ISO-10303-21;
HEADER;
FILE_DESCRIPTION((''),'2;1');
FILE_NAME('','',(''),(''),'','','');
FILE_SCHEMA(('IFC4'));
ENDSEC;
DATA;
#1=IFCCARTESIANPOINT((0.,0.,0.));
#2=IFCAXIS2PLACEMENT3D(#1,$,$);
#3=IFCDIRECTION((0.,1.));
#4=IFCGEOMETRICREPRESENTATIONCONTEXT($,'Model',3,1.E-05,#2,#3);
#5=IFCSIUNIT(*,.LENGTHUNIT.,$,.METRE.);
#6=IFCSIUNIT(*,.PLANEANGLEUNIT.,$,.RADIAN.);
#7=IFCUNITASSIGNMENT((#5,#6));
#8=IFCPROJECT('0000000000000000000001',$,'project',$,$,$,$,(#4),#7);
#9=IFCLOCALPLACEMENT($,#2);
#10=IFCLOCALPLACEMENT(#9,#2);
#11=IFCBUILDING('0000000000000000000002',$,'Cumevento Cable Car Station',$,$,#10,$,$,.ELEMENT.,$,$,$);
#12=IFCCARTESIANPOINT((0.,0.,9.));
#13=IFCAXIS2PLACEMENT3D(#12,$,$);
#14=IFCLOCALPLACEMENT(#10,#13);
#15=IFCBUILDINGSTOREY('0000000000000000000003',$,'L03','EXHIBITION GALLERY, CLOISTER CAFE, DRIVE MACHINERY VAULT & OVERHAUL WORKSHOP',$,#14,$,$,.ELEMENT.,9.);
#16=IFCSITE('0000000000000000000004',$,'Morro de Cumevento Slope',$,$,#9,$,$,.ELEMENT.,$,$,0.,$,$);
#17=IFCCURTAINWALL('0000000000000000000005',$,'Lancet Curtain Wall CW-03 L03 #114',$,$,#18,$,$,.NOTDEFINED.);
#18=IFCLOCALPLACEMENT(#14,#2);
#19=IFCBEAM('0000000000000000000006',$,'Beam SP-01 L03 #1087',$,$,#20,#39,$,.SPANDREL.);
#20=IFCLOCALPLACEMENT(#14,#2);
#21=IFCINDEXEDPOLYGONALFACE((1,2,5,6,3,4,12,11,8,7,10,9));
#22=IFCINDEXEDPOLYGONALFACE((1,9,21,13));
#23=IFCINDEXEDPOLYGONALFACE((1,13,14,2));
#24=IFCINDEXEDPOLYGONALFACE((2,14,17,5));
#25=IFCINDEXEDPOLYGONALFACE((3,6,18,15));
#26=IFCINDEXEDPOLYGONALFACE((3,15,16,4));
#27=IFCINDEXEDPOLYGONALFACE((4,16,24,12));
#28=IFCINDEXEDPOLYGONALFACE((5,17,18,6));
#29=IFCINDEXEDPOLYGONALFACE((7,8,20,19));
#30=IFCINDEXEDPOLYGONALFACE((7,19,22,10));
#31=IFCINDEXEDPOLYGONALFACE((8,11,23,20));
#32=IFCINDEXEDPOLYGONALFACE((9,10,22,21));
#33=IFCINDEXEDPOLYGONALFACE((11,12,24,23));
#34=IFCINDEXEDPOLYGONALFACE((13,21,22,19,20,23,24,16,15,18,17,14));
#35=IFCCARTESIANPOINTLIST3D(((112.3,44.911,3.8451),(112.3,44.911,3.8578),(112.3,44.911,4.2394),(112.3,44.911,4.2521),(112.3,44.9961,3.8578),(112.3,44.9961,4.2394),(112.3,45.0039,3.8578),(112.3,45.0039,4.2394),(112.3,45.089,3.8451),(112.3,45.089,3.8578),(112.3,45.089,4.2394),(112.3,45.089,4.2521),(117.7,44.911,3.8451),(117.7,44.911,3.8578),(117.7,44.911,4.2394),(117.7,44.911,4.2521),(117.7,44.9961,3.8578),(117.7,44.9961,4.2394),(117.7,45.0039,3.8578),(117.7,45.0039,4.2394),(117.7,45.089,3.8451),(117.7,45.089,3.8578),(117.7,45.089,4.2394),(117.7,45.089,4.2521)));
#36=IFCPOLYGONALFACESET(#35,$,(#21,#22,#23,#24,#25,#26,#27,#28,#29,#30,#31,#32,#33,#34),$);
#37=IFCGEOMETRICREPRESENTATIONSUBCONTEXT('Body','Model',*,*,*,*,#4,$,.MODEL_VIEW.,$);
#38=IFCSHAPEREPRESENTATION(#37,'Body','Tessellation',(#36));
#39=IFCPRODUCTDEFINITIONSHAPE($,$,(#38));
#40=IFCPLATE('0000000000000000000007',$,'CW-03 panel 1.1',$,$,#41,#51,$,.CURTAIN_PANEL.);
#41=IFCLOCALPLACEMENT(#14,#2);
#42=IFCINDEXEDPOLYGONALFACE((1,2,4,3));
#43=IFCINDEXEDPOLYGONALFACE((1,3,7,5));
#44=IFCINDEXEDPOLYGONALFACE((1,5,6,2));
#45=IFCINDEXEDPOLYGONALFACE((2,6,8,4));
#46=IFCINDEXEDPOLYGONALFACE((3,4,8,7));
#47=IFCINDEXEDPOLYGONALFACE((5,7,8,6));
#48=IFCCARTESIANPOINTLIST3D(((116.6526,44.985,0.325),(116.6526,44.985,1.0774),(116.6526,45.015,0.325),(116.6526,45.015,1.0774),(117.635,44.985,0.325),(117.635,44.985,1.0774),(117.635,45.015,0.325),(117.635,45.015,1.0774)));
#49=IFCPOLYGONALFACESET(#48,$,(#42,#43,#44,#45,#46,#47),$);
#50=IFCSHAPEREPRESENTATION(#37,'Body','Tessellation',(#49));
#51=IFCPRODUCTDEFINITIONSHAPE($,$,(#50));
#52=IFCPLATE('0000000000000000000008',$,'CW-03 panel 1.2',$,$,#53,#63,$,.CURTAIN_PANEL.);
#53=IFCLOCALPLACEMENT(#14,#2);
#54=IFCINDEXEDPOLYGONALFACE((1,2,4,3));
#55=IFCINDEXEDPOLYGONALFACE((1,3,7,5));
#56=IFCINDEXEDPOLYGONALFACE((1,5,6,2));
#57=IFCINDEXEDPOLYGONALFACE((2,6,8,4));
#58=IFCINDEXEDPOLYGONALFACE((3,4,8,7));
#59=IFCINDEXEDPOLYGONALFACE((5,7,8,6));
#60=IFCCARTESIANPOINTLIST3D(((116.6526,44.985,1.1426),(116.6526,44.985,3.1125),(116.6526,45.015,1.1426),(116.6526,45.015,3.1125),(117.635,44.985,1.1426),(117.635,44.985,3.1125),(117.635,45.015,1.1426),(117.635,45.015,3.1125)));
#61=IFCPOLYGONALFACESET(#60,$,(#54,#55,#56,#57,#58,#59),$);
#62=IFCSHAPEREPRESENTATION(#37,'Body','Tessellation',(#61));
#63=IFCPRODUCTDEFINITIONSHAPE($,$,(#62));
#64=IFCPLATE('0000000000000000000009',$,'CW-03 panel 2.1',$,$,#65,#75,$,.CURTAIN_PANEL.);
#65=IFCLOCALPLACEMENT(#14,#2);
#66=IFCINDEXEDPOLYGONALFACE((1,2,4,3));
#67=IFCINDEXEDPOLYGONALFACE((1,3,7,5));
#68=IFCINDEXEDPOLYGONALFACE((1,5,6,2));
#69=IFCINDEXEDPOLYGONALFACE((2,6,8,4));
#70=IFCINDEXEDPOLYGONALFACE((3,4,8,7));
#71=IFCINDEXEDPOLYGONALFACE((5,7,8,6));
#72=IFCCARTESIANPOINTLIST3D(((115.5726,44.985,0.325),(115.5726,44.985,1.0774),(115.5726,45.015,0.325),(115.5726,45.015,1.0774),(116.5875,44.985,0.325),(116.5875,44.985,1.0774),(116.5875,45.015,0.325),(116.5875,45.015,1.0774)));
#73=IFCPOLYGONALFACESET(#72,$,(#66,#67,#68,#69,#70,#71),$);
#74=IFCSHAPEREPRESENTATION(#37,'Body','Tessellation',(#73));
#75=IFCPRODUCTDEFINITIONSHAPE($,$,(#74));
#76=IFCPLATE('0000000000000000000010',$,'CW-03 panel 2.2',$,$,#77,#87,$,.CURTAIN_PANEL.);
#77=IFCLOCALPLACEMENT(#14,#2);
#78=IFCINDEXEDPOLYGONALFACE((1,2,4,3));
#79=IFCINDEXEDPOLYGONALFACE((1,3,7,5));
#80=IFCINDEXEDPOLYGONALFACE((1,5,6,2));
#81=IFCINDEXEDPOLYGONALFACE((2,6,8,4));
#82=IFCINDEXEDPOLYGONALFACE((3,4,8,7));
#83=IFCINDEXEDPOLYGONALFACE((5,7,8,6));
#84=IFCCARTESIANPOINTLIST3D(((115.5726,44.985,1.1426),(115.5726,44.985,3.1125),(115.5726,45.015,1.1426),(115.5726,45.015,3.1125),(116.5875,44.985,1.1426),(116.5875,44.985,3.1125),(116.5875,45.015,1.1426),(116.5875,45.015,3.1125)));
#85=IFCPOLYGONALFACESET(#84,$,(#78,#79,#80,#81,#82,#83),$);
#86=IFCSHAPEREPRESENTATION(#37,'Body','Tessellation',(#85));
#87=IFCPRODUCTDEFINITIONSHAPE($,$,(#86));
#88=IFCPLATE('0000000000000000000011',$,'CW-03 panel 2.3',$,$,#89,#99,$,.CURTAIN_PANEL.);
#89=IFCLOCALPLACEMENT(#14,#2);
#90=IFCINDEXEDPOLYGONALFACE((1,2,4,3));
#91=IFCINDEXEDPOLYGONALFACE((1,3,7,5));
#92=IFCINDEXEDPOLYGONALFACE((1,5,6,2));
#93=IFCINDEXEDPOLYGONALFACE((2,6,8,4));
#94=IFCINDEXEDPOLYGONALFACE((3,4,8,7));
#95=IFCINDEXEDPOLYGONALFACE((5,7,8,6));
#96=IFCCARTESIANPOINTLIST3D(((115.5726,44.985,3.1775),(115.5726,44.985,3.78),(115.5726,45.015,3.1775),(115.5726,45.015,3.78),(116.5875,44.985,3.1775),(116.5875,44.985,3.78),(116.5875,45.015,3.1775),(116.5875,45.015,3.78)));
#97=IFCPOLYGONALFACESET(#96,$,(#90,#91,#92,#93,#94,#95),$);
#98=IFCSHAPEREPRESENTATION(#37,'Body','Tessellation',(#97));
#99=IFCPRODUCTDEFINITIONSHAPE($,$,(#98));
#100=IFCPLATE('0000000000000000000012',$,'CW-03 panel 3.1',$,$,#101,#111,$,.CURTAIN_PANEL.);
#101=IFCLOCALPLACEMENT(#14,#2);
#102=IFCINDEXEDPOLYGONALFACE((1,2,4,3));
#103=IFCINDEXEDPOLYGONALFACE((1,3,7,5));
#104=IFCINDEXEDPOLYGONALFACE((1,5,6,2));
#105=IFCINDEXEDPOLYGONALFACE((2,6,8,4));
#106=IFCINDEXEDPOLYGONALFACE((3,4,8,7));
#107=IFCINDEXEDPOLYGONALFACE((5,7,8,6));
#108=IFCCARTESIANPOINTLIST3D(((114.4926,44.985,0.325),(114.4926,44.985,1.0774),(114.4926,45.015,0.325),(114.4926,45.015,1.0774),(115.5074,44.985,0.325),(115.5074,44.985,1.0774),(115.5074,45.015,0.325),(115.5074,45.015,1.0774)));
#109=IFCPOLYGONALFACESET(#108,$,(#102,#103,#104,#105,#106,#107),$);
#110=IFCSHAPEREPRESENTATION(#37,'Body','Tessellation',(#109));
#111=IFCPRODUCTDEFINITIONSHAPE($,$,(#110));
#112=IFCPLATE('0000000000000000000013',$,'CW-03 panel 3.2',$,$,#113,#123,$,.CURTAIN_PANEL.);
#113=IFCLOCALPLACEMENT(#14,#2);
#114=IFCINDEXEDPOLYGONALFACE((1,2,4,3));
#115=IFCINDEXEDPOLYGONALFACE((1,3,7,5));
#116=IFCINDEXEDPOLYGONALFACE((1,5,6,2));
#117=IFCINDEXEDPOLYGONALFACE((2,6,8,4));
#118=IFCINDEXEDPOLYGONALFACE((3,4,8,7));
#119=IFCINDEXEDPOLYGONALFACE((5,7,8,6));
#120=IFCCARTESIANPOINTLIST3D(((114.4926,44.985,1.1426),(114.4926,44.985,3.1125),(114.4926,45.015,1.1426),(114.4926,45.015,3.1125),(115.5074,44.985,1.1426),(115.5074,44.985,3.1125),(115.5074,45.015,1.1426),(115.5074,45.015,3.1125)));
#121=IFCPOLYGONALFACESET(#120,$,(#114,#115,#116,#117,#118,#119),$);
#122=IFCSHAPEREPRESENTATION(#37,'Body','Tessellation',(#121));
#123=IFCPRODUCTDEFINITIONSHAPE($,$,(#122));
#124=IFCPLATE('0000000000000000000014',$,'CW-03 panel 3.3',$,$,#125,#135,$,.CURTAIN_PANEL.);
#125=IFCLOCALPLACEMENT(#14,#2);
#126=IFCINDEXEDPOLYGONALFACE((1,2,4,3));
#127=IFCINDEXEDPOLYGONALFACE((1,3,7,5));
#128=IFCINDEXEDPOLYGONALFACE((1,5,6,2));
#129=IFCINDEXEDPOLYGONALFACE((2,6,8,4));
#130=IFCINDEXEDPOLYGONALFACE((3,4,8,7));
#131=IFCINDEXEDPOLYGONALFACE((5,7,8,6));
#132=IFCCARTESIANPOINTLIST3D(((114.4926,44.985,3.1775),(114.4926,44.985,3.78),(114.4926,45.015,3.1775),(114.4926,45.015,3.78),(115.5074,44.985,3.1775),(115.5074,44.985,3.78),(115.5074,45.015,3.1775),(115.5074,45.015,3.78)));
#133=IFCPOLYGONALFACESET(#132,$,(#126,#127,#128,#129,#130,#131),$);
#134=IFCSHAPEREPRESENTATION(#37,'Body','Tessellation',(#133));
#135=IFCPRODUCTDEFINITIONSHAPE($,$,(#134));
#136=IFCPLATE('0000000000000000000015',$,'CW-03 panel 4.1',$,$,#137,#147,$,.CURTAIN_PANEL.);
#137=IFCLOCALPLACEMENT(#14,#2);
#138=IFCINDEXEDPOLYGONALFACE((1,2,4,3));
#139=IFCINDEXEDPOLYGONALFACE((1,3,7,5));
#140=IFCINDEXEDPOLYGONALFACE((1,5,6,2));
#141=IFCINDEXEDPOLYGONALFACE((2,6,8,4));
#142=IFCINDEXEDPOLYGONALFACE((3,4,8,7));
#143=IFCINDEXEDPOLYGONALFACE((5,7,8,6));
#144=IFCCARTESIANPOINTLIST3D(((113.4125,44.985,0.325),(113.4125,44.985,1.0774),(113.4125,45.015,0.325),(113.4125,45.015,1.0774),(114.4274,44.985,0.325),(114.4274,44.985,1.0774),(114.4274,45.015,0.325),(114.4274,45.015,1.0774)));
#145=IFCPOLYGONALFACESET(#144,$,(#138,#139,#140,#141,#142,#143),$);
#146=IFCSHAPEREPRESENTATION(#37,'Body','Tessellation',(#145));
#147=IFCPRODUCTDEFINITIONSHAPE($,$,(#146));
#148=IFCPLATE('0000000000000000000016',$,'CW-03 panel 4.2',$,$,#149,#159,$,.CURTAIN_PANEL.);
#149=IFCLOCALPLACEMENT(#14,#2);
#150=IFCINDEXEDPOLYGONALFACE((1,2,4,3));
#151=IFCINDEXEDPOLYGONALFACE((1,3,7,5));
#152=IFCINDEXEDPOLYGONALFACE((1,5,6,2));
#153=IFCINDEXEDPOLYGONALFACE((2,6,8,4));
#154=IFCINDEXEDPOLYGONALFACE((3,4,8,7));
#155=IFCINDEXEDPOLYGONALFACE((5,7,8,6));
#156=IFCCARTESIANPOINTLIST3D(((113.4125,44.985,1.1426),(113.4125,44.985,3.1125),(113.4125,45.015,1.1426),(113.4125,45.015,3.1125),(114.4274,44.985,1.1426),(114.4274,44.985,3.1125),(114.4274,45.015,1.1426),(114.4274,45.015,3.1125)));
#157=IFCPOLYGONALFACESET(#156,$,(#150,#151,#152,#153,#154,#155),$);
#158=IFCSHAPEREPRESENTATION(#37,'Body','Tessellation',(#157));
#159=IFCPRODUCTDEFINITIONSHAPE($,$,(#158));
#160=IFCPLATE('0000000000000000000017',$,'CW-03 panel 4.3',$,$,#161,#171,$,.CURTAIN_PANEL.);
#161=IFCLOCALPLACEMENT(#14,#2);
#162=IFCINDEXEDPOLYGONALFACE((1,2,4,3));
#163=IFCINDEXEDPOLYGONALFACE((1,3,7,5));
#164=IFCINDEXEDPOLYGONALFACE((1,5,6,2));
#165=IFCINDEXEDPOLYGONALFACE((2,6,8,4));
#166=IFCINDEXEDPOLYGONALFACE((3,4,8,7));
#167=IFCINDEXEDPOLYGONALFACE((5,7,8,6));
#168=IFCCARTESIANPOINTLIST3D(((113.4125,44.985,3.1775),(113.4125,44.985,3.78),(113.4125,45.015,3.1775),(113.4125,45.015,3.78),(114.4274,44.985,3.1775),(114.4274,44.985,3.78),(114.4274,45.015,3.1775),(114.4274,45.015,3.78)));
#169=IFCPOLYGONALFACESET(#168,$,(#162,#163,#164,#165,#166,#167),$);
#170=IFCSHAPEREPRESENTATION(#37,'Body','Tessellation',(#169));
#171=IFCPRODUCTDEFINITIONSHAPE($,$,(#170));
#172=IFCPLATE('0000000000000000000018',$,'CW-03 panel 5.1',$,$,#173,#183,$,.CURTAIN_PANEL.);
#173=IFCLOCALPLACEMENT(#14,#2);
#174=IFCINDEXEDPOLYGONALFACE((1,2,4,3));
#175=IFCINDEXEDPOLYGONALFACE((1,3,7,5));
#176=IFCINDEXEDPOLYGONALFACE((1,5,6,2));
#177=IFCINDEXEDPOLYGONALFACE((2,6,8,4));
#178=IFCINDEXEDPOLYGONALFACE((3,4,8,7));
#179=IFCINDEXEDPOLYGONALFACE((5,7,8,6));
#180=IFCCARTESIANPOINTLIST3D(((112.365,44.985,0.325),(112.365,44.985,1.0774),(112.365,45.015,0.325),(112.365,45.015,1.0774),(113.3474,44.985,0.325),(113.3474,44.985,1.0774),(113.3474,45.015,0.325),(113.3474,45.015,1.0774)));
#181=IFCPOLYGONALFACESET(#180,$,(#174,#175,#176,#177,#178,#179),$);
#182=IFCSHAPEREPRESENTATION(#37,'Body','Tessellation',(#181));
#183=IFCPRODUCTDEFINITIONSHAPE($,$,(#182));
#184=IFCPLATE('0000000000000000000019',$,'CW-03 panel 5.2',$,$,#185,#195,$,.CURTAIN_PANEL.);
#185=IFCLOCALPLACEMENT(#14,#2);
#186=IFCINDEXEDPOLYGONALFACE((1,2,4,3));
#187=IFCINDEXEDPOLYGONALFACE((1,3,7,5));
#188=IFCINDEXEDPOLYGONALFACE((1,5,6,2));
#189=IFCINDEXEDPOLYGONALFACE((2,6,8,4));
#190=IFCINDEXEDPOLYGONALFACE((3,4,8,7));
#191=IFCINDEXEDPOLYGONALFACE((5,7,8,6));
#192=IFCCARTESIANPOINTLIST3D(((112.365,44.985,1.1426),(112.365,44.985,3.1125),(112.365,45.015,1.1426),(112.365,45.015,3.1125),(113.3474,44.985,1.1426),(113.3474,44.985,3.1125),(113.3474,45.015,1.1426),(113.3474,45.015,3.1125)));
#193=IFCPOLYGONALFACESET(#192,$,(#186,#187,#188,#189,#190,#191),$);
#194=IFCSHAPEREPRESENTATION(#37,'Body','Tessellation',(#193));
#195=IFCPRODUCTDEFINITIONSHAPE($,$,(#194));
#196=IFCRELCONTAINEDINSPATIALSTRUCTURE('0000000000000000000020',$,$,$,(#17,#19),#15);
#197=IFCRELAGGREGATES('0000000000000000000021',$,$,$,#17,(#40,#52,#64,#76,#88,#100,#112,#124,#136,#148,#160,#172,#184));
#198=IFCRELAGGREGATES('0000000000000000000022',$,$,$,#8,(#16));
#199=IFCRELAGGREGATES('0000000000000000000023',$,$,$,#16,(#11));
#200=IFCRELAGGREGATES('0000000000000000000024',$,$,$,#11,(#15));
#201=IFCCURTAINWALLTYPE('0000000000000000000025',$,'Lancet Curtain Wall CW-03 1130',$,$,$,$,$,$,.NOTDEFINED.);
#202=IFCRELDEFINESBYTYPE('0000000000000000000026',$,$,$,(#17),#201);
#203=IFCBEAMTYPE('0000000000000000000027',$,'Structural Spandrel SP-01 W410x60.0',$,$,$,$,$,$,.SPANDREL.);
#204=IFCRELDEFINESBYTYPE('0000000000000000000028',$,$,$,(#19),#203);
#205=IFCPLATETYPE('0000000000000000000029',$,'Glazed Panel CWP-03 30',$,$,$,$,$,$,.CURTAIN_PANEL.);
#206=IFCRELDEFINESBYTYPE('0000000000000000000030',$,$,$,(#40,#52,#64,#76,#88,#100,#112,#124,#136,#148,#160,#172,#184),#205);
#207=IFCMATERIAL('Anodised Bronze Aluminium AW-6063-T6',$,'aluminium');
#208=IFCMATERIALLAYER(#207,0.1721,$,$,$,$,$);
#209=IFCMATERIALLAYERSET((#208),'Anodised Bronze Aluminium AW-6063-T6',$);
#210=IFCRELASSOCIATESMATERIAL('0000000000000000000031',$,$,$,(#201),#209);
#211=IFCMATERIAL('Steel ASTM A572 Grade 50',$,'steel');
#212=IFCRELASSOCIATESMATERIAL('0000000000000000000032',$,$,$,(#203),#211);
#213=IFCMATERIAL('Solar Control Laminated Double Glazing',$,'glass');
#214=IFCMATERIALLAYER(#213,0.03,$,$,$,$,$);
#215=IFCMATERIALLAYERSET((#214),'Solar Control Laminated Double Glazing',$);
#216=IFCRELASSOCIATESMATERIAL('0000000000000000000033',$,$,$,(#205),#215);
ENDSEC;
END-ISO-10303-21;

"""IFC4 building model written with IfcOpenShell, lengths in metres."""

from ifc_helpers import new_model, si_unit, direction, frame, origin, origin_2d, place, context, subcontext, project, spatial, rectangle, i_section, extrude, material, layer, layer_set, material_profile, profile_set, type_object, element, aggregate, save


model = new_model("IFC4")

# Units and contexts
model_context = context("Model", 3, precision=1e-05, world=origin(), true_north=direction((0.0, 1.0)))
body_context = subcontext(model_context, "Body", "Model", "MODEL_VIEW")
ifc_project = project(units=[si_unit("LENGTHUNIT", "METRE"), si_unit("PLANEANGLEUNIT", "RADIAN")], contexts=[model_context])

# Site, building, storey
site_placement = place(None, origin())
site = spatial("IfcSite", under=ifc_project, at=site_placement, Name="Morro de Cumevento Slope", CompositionType="ELEMENT", RefElevation=0.0)
building_placement = place(site_placement, origin())
building = spatial("IfcBuilding", under=site, at=building_placement, Name="Cumevento Cable Car Station", CompositionType="ELEMENT")
storey_placement = place(building_placement, frame((0.0, 0.0, 9.0)))
storey = spatial("IfcBuildingStorey", under=building, at=storey_placement, Name="L03", Description="EXHIBITION GALLERY, CLOISTER CAFE, DRIVE MACHINERY VAULT & OVERHAUL WORKSHOP", CompositionType="ELEMENT", Elevation=9.0)

# Curtain wall
ifc_material_1 = material(Name="Anodised Bronze Aluminium AW-6063-T6", Category="aluminium")
ifc_layer_1 = layer(ifc_material_1, 0.1721)
ifc_layer_set_1 = layer_set([ifc_layer_1], Name="Anodised Bronze Aluminium AW-6063-T6")
curtain_wall_type = type_object("IfcCurtainWallType", Name="Lancet Curtain Wall CW-03 1130", PredefinedType="NOTDEFINED", material=ifc_layer_set_1)
curtain_wall_placement = place(storey_placement, origin())
curtain_wall = element("IfcCurtainWall", 1, at=curtain_wall_placement, inside=storey, type_object=curtain_wall_type, Name="Lancet Curtain Wall CW-03 L03 #114", PredefinedType="NOTDEFINED")

# Beam
ifc_material_2 = material(Name="Steel ASTM A572 Grade 50", Category="steel")
ifc_material_profile_1 = material_profile(ifc_material_2, i_section(OverallWidth=0.178, OverallDepth=0.407, WebThickness=0.0078, FlangeThickness=0.0127, at=origin_2d()), Name="W410x60.0")
ifc_profile_set_1 = profile_set([ifc_material_profile_1], Name="Steel ASTM A572 Grade 50")
beam_type = type_object("IfcBeamType", Name="Structural Spandrel SP-01 W410x60.0", PredefinedType="SPANDREL", material=ifc_profile_set_1)
beam_placement = place(storey_placement, frame((112.3, 45.0, 4.0486), z_axis=(1.0, 0.0, 0.0), x_axis=(0.0, 1.0, 0.0)))
element("IfcBeam", 2, at=beam_placement, inside=storey, type_object=beam_type, Name="Beam SP-01 L03 #1087", PredefinedType="SPANDREL", context=body_context, shape_type="SweptSolid", body=[
    extrude(i_section(OverallWidth=0.178, OverallDepth=0.407, WebThickness=0.0078, FlangeThickness=0.0127, at=origin_2d()), origin(), (0.0, 0.0, 1.0), 5.3999),
])

# Plates
ifc_material_3 = material(Name="Solar Control Laminated Double Glazing", Category="glass")
ifc_layer_2 = layer(ifc_material_3, 0.03)
ifc_layer_set_2 = layer_set([ifc_layer_2], Name="Solar Control Laminated Double Glazing")
plate_type = type_object("IfcPlateType", Name="Glazed Panel CWP-03 30", PredefinedType="CURTAIN_PANEL", material=ifc_layer_set_2)
plate_1_placement = place(storey_placement, frame((117.1438, 45.0, 0.325), z_axis=(0.0, 0.0, 1.0), x_axis=(-1.0, 0.0, 0.0)))
plate_1 = element("IfcPlate", 3, at=plate_1_placement, type_object=plate_type, Name="CW-03 panel 1.1", PredefinedType="CURTAIN_PANEL", context=body_context, shape_type="SweptSolid", body=[
    extrude(rectangle(XDim=0.9824, YDim=0.03, at=origin_2d()), origin(), (0.0, 0.0, 1.0), 0.7524),
])
plate_2_placement = place(storey_placement, frame((117.1438, 45.0, 1.1426), z_axis=(0.0, 0.0, 1.0), x_axis=(-1.0, 0.0, 0.0)))
plate_2 = element("IfcPlate", 4, at=plate_2_placement, type_object=plate_type, Name="CW-03 panel 1.2", PredefinedType="CURTAIN_PANEL", context=body_context, shape_type="SweptSolid", body=[
    extrude(rectangle(XDim=0.9824, YDim=0.03, at=origin_2d()), origin(), (0.0, 0.0, 1.0), 1.97),
])
plate_3_placement = place(storey_placement, frame((116.0801, 45.0, 0.325), z_axis=(0.0, 0.0, 1.0), x_axis=(-1.0, 0.0, 0.0)))
plate_3 = element("IfcPlate", 5, at=plate_3_placement, type_object=plate_type, Name="CW-03 panel 2.1", PredefinedType="CURTAIN_PANEL", context=body_context, shape_type="SweptSolid", body=[
    extrude(rectangle(XDim=1.0149, YDim=0.03, at=origin_2d()), origin(), (0.0, 0.0, 1.0), 0.7524),
])
plate_4_placement = place(storey_placement, frame((116.0801, 45.0, 1.1426), z_axis=(0.0, 0.0, 1.0), x_axis=(-1.0, 0.0, 0.0)))
plate_4 = element("IfcPlate", 6, at=plate_4_placement, type_object=plate_type, Name="CW-03 panel 2.2", PredefinedType="CURTAIN_PANEL", context=body_context, shape_type="SweptSolid", body=[
    extrude(rectangle(XDim=1.0149, YDim=0.03, at=origin_2d()), origin(), (0.0, 0.0, 1.0), 1.97),
])
plate_5_placement = place(storey_placement, frame((116.0801, 45.0, 3.1775), z_axis=(0.0, 0.0, 1.0), x_axis=(-1.0, 0.0, 0.0)))
plate_5 = element("IfcPlate", 7, at=plate_5_placement, type_object=plate_type, Name="CW-03 panel 2.3", PredefinedType="CURTAIN_PANEL", context=body_context, shape_type="SweptSolid", body=[
    extrude(rectangle(XDim=1.0149, YDim=0.03, at=origin_2d()), origin(), (0.0, 0.0, 1.0), 0.6025),
])
plate_6_placement = place(storey_placement, frame((115.0, 45.0, 0.325), z_axis=(0.0, 0.0, 1.0), x_axis=(-1.0, 0.0, 0.0)))
plate_6 = element("IfcPlate", 8, at=plate_6_placement, type_object=plate_type, Name="CW-03 panel 3.1", PredefinedType="CURTAIN_PANEL", context=body_context, shape_type="SweptSolid", body=[
    extrude(rectangle(XDim=1.0149, YDim=0.03, at=origin_2d()), origin(), (0.0, 0.0, 1.0), 0.7524),
])
plate_7_placement = place(storey_placement, frame((115.0, 45.0, 1.1426), z_axis=(0.0, 0.0, 1.0), x_axis=(-1.0, 0.0, 0.0)))
plate_7 = element("IfcPlate", 9, at=plate_7_placement, type_object=plate_type, Name="CW-03 panel 3.2", PredefinedType="CURTAIN_PANEL", context=body_context, shape_type="SweptSolid", body=[
    extrude(rectangle(XDim=1.0149, YDim=0.03, at=origin_2d()), origin(), (0.0, 0.0, 1.0), 1.97),
])
plate_8_placement = place(storey_placement, frame((115.0, 45.0, 3.1775), z_axis=(0.0, 0.0, 1.0), x_axis=(-1.0, 0.0, 0.0)))
plate_8 = element("IfcPlate", 10, at=plate_8_placement, type_object=plate_type, Name="CW-03 panel 3.3", PredefinedType="CURTAIN_PANEL", context=body_context, shape_type="SweptSolid", body=[
    extrude(rectangle(XDim=1.0149, YDim=0.03, at=origin_2d()), origin(), (0.0, 0.0, 1.0), 0.6025),
])
plate_9_placement = place(storey_placement, frame((113.9199, 45.0, 0.325), z_axis=(0.0, 0.0, 1.0), x_axis=(-1.0, 0.0, 0.0)))
plate_9 = element("IfcPlate", 11, at=plate_9_placement, type_object=plate_type, Name="CW-03 panel 4.1", PredefinedType="CURTAIN_PANEL", context=body_context, shape_type="SweptSolid", body=[
    extrude(rectangle(XDim=1.0149, YDim=0.03, at=origin_2d()), origin(), (0.0, 0.0, 1.0), 0.7524),
])
plate_10_placement = place(storey_placement, frame((113.9199, 45.0, 1.1426), z_axis=(0.0, 0.0, 1.0), x_axis=(-1.0, 0.0, 0.0)))
plate_10 = element("IfcPlate", 12, at=plate_10_placement, type_object=plate_type, Name="CW-03 panel 4.2", PredefinedType="CURTAIN_PANEL", context=body_context, shape_type="SweptSolid", body=[
    extrude(rectangle(XDim=1.0149, YDim=0.03, at=origin_2d()), origin(), (0.0, 0.0, 1.0), 1.97),
])
plate_11_placement = place(storey_placement, frame((113.9199, 45.0, 3.1775), z_axis=(0.0, 0.0, 1.0), x_axis=(-1.0, 0.0, 0.0)))
plate_11 = element("IfcPlate", 13, at=plate_11_placement, type_object=plate_type, Name="CW-03 panel 4.3", PredefinedType="CURTAIN_PANEL", context=body_context, shape_type="SweptSolid", body=[
    extrude(rectangle(XDim=1.0149, YDim=0.03, at=origin_2d()), origin(), (0.0, 0.0, 1.0), 0.6025),
])
plate_12_placement = place(storey_placement, frame((112.8562, 45.0, 0.325), z_axis=(0.0, 0.0, 1.0), x_axis=(-1.0, 0.0, 0.0)))
plate_12 = element("IfcPlate", 14, at=plate_12_placement, type_object=plate_type, Name="CW-03 panel 5.1", PredefinedType="CURTAIN_PANEL", context=body_context, shape_type="SweptSolid", body=[
    extrude(rectangle(XDim=0.9824, YDim=0.03, at=origin_2d()), origin(), (0.0, 0.0, 1.0), 0.7524),
])
plate_13_placement = place(storey_placement, frame((112.8562, 45.0, 1.1426), z_axis=(0.0, 0.0, 1.0), x_axis=(-1.0, 0.0, 0.0)))
plate_13 = element("IfcPlate", 15, at=plate_13_placement, type_object=plate_type, Name="CW-03 panel 5.2", PredefinedType="CURTAIN_PANEL", context=body_context, shape_type="SweptSolid", body=[
    extrude(rectangle(XDim=0.9824, YDim=0.03, at=origin_2d()), origin(), (0.0, 0.0, 1.0), 1.97),
])
aggregate(curtain_wall, [plate_1, plate_2, plate_3, plate_4, plate_5, plate_6, plate_7, plate_8, plate_9, plate_10, plate_11, plate_12, plate_13])

save(model, "model.ifc")
